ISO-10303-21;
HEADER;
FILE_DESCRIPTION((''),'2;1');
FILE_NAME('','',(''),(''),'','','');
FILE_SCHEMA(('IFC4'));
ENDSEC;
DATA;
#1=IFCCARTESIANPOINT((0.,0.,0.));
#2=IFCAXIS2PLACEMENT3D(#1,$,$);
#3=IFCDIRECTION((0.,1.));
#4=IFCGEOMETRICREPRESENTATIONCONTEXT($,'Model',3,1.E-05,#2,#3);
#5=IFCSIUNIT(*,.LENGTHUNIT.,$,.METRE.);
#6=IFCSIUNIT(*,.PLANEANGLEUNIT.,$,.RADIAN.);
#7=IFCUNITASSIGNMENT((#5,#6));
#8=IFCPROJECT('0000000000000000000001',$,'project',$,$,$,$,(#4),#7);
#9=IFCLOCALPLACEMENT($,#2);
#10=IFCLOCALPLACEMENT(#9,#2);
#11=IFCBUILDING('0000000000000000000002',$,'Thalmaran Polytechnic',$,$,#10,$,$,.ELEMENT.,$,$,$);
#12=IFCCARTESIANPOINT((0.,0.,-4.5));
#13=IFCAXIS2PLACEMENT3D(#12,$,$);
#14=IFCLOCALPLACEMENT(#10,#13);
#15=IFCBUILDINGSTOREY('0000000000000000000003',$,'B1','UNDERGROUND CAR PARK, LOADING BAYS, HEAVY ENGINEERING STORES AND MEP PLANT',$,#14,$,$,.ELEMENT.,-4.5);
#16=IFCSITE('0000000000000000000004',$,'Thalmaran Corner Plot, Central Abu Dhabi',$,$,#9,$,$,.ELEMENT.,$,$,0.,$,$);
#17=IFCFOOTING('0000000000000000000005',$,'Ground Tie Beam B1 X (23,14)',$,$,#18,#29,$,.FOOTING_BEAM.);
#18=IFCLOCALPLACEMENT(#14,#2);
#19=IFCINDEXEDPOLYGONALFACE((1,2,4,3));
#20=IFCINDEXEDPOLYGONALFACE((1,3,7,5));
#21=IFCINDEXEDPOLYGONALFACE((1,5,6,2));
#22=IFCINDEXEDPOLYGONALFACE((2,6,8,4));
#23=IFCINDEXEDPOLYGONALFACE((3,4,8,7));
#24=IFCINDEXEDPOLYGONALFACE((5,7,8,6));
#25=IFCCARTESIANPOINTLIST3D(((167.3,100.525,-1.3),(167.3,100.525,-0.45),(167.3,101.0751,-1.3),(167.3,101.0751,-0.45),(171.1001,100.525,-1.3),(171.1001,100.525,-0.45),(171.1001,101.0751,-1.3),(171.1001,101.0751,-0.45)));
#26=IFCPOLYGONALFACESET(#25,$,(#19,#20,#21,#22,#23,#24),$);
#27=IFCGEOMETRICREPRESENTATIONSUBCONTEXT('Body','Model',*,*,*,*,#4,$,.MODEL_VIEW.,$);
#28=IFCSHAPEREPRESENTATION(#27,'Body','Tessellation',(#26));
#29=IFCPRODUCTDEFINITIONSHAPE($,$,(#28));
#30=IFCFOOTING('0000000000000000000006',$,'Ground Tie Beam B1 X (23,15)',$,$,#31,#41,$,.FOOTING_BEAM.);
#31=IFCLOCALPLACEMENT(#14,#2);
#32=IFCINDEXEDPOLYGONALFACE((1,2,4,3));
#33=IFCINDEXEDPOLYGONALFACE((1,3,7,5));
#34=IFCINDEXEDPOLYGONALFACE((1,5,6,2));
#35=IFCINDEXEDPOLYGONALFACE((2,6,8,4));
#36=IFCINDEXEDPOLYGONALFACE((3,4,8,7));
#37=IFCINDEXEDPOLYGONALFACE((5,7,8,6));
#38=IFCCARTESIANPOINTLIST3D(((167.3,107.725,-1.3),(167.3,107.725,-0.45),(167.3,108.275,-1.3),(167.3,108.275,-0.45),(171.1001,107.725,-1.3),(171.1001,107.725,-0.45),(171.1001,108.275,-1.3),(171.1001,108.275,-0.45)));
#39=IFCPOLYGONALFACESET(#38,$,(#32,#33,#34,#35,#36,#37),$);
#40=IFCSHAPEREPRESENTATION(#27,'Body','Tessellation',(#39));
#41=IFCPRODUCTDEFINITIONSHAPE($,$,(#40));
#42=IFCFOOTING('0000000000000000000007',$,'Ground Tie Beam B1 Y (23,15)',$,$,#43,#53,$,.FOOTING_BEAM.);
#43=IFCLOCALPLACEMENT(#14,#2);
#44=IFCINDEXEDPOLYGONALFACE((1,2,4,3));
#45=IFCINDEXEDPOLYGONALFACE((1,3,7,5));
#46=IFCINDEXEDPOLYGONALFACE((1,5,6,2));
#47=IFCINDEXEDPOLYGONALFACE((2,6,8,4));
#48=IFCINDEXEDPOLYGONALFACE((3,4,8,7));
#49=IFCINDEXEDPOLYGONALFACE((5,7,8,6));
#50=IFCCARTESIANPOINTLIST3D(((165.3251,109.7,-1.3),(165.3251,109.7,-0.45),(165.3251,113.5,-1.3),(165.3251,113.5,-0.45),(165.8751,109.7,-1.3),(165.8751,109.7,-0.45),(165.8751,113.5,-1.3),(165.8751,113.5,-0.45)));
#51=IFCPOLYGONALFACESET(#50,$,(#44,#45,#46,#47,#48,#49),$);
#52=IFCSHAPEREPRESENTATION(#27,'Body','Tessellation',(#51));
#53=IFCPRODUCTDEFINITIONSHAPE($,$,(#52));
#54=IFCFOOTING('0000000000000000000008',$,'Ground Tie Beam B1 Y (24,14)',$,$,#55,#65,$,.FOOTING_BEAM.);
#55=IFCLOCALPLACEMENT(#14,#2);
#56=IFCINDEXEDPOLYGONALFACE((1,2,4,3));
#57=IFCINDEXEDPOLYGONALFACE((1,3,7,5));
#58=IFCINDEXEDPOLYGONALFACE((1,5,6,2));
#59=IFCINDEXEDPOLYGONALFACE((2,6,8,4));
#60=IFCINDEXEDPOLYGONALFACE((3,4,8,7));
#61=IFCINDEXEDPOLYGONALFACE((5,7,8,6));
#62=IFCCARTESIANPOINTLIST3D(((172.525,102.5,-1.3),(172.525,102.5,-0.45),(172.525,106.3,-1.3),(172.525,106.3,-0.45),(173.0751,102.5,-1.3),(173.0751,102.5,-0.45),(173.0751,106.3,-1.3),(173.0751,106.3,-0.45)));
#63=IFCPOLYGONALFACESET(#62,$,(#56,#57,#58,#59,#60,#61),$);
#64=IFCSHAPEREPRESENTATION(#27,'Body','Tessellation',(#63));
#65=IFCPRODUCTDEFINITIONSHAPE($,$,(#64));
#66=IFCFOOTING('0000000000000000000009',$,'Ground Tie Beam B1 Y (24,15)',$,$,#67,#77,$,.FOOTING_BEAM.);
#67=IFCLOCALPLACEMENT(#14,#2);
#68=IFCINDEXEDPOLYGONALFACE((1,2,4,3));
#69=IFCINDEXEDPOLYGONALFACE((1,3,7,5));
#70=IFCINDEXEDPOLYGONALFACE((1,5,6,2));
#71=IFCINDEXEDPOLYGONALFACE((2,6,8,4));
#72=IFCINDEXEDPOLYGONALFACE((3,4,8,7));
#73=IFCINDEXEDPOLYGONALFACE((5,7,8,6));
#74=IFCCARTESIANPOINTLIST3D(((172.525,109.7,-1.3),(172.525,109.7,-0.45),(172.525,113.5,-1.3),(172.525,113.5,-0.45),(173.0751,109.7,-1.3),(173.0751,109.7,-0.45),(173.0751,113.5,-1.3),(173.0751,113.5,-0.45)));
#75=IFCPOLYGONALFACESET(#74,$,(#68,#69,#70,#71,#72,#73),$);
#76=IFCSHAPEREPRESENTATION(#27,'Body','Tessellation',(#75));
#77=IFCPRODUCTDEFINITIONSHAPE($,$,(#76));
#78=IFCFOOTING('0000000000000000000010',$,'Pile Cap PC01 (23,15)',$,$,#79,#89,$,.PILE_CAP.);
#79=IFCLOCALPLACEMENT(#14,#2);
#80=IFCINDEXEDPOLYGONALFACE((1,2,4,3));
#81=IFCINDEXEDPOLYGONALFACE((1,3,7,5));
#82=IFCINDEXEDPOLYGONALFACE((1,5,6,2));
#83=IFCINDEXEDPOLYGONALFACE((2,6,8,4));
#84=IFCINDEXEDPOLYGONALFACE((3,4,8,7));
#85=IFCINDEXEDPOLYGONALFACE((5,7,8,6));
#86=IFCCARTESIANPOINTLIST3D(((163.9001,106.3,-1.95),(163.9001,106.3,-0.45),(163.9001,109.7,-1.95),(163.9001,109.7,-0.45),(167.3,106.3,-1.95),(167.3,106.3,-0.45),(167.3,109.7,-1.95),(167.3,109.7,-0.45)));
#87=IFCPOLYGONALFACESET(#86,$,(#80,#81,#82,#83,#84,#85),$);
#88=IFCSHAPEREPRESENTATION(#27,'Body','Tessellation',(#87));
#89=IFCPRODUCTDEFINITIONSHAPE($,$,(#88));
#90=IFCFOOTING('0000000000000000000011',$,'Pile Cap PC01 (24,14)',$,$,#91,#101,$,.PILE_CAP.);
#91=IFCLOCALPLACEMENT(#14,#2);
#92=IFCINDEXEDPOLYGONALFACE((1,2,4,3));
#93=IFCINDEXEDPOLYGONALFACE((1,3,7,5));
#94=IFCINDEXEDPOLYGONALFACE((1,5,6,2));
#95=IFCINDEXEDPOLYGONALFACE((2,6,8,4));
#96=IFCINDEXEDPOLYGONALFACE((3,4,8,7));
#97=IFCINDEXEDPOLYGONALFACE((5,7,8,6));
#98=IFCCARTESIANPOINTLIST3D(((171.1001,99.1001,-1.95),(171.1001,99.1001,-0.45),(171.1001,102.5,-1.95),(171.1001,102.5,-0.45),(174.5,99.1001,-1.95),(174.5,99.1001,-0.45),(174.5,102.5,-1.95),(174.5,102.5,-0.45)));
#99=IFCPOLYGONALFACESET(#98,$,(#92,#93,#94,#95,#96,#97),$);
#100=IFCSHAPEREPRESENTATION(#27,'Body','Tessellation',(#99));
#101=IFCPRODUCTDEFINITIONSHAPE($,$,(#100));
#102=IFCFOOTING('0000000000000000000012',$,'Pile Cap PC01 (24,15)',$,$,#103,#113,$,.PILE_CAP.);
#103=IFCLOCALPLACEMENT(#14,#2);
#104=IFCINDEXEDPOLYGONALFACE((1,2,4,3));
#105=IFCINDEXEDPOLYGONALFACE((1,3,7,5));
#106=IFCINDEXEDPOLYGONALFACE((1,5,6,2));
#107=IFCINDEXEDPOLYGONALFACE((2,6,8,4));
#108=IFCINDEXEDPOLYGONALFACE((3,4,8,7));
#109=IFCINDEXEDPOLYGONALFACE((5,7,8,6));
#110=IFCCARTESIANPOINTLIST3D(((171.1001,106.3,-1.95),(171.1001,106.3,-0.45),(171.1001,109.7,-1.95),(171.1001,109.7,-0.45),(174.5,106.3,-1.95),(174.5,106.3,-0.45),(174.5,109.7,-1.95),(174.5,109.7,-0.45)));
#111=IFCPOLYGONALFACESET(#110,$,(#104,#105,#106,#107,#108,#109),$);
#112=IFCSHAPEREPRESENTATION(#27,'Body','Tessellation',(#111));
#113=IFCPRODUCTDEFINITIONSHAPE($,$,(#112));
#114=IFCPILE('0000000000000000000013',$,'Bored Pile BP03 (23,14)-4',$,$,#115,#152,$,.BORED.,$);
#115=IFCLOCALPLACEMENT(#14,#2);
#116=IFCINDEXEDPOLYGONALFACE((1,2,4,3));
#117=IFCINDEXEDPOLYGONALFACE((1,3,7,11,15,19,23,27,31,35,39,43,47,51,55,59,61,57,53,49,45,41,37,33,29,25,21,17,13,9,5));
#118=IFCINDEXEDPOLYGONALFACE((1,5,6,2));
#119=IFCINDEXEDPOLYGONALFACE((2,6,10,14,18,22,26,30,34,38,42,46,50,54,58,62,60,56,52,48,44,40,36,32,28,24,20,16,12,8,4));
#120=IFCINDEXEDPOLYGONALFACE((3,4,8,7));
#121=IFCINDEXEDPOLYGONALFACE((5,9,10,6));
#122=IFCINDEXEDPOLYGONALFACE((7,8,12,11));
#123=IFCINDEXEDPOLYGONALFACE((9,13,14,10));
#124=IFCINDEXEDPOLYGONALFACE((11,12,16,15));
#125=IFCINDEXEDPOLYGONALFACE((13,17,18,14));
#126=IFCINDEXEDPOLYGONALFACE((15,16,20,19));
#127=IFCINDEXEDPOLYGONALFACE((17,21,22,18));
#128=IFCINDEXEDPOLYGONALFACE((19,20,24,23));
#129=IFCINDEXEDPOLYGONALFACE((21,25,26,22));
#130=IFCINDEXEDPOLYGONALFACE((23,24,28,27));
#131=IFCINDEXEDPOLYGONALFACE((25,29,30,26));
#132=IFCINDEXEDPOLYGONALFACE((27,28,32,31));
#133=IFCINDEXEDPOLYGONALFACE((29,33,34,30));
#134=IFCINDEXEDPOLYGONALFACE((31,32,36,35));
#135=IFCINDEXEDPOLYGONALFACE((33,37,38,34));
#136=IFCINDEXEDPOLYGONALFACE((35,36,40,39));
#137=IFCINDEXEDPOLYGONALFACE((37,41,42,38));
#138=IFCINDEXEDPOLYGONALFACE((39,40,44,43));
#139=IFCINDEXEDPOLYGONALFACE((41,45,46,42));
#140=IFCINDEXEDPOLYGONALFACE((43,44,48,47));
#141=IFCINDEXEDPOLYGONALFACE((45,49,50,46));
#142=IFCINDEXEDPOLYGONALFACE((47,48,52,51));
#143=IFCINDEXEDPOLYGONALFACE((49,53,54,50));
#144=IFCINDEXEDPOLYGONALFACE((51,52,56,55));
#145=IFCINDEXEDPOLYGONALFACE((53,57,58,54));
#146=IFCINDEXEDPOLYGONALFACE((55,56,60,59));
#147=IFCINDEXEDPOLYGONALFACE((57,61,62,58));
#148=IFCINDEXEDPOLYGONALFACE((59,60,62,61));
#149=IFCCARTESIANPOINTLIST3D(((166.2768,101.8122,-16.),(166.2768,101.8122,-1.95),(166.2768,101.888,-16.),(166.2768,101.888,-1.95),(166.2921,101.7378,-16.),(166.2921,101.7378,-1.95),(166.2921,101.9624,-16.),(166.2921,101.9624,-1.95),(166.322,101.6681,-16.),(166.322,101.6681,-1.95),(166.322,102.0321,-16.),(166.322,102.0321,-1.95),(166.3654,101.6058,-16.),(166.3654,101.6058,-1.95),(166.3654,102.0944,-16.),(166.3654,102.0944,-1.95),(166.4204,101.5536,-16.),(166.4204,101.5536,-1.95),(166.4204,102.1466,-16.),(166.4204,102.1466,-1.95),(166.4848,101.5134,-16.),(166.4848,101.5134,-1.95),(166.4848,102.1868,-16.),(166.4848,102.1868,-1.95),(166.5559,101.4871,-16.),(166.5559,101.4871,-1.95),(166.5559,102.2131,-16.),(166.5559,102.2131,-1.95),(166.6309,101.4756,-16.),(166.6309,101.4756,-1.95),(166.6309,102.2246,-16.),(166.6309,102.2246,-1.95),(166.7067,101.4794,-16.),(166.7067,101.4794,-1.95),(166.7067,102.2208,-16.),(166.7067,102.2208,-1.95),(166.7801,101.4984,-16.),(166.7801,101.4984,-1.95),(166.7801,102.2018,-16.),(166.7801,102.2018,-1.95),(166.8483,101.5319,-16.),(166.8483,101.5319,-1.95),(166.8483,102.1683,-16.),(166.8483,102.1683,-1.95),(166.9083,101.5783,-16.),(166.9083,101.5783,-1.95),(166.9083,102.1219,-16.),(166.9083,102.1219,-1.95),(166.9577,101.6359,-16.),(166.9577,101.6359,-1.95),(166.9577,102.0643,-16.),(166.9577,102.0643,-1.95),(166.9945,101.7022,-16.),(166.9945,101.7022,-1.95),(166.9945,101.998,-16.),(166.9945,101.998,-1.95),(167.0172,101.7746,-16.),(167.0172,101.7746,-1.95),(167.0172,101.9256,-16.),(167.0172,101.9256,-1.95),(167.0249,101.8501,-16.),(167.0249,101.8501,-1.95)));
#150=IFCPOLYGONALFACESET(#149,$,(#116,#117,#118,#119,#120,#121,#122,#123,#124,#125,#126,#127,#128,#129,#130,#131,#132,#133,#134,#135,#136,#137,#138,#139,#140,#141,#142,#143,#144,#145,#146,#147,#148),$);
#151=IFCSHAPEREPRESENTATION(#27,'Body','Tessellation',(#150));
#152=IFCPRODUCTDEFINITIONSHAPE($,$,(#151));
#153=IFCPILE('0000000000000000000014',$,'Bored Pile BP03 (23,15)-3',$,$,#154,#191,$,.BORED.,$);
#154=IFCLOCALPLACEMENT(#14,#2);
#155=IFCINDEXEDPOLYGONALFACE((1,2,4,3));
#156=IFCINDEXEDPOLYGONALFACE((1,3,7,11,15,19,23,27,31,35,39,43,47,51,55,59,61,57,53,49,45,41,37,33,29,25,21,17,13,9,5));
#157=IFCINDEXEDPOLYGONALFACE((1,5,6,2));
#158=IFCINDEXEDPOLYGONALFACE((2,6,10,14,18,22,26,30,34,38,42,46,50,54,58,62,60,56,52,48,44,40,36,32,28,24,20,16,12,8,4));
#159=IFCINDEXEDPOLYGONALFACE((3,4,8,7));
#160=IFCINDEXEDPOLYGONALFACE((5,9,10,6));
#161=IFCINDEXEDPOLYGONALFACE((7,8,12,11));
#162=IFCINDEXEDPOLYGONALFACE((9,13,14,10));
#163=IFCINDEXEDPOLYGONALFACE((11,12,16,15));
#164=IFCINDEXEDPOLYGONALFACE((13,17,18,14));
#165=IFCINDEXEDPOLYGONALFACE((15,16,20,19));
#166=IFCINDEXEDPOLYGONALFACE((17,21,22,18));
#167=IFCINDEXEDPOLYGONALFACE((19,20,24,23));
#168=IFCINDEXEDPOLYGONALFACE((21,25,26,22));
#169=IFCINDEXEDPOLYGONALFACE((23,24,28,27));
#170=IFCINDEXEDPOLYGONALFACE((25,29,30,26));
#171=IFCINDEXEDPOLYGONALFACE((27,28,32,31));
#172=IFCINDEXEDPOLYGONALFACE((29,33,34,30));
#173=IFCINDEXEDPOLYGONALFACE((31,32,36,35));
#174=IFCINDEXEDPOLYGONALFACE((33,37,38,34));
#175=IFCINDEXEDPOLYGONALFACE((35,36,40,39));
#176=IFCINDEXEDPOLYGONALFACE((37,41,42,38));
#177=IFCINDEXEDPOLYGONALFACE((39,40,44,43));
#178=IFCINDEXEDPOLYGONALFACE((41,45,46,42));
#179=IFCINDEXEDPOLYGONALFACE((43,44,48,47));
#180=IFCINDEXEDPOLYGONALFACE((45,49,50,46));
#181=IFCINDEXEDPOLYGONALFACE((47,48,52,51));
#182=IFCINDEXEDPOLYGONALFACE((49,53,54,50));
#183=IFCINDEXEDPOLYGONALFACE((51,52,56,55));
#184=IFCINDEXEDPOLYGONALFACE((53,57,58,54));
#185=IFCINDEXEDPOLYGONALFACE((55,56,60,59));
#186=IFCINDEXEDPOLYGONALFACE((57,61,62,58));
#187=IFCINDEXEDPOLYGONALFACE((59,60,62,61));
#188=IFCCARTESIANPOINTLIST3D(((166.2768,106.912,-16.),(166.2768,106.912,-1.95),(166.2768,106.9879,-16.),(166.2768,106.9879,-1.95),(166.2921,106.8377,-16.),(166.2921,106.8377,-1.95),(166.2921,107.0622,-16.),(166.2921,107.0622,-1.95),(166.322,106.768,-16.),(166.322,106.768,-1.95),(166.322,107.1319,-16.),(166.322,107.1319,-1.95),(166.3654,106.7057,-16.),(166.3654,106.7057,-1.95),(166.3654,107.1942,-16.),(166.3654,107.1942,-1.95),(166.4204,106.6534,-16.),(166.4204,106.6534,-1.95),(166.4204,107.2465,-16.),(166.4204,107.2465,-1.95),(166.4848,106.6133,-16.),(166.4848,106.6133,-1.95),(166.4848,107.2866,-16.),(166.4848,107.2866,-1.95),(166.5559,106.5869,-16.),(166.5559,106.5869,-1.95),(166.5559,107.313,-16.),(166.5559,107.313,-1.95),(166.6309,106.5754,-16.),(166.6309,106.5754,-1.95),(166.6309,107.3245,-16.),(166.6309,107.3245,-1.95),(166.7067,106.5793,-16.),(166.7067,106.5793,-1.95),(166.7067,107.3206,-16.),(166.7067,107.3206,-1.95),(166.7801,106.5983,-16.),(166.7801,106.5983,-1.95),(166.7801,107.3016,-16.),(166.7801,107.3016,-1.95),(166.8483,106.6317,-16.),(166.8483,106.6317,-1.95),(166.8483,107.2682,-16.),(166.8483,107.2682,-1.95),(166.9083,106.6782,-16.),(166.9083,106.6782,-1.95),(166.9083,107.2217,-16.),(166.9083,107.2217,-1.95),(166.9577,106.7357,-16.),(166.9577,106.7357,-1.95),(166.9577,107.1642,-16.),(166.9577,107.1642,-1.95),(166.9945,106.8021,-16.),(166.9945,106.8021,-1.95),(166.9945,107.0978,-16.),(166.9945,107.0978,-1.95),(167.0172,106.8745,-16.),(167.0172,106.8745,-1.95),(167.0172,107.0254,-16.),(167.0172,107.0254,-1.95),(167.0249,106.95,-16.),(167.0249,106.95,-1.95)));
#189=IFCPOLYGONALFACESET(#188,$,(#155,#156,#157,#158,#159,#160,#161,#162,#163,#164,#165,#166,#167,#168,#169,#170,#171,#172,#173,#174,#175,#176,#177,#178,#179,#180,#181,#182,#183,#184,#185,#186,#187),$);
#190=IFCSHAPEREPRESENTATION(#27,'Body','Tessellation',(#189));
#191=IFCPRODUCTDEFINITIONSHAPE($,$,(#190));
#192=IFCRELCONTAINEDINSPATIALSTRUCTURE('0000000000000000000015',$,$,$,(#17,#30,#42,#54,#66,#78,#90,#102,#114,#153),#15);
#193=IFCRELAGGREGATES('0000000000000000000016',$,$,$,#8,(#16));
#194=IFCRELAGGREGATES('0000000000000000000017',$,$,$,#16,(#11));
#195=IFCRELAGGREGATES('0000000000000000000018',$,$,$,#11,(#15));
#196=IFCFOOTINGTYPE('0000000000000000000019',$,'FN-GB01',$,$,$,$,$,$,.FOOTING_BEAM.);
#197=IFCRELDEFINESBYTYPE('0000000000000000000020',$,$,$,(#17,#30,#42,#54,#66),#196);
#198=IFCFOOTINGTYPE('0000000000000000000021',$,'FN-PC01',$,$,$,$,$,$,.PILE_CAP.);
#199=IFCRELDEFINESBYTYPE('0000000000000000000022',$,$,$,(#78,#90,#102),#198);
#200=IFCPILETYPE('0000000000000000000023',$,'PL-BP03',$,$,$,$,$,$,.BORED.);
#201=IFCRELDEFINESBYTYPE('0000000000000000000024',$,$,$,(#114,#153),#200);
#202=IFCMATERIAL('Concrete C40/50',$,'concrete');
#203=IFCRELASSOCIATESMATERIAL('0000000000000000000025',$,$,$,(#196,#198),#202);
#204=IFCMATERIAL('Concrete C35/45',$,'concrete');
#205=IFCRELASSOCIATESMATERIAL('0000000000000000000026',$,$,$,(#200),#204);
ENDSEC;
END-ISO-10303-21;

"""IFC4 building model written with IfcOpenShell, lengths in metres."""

from ifc_helpers import new_model, si_unit, direction, frame, origin, origin_2d, place, context, subcontext, project, spatial, rectangle, circle, extrude, material, material_profile, profile_set, type_object, element, save


model = new_model("IFC4")

# Units and contexts
model_context = context("Model", 3, precision=1e-05, world=origin(), true_north=direction((0.0, 1.0)))
body_context = subcontext(model_context, "Body", "Model", "MODEL_VIEW")
ifc_project = project(units=[si_unit("LENGTHUNIT", "METRE"), si_unit("PLANEANGLEUNIT", "RADIAN")], contexts=[model_context])

# Site, building, storey
site_placement = place(None, origin())
site = spatial("IfcSite", under=ifc_project, at=site_placement, Name="Thalmaran Corner Plot, Central Abu Dhabi", CompositionType="ELEMENT", RefElevation=0.0)
building_placement = place(site_placement, origin())
building = spatial("IfcBuilding", under=site, at=building_placement, Name="Thalmaran Polytechnic", CompositionType="ELEMENT")
storey_placement = place(building_placement, frame((0.0, 0.0, -4.5)))
storey = spatial("IfcBuildingStorey", under=building, at=storey_placement, Name="B1", Description="UNDERGROUND CAR PARK, LOADING BAYS, HEAVY ENGINEERING STORES AND MEP PLANT", CompositionType="ELEMENT", Elevation=-4.5)

# Footings
ifc_material_1 = material(Name="Concrete C40/50", Category="concrete")
ifc_material_profile_1 = material_profile(ifc_material_1, rectangle(XDim=0.55, YDim=0.8501, at=origin_2d()), Name="RC 550x850")
ifc_profile_set_1 = profile_set([ifc_material_profile_1], Name="Concrete C40/50")
footing_type_1 = type_object("IfcFootingType", Name="FN-GB01", PredefinedType="FOOTING_BEAM", material=ifc_profile_set_1)
for number, where, z_axis, x_axis, name in (
    (1, (167.3, 100.8, -0.875), (1.0, 0.0, 0.0), (0.0, 1.0, 0.0), "Ground Tie Beam B1 X (23,14)"),
    (2, (167.3, 108.0, -0.875), (1.0, 0.0, 0.0), (0.0, 1.0, 0.0), "Ground Tie Beam B1 X (23,15)"),
    (3, (165.6001, 109.7, -0.875), (0.0, 1.0, 0.0), (-1.0, 0.0, 0.0), "Ground Tie Beam B1 Y (23,15)"),
    (4, (172.8, 102.5, -0.875), (0.0, 1.0, 0.0), (-1.0, 0.0, 0.0), "Ground Tie Beam B1 Y (24,14)"),
    (5, (172.8, 109.7, -0.875), (0.0, 1.0, 0.0), (-1.0, 0.0, 0.0), "Ground Tie Beam B1 Y (24,15)"),
):
    element("IfcFooting", number, at=place(storey_placement, frame(where, z_axis=z_axis, x_axis=x_axis)), inside=storey, type_object=footing_type_1, Name=name, PredefinedType="FOOTING_BEAM", context=body_context, shape_type="SweptSolid", body=[
        extrude(rectangle(XDim=0.55, YDim=0.8501, at=origin_2d()), origin(), (0.0, 0.0, 1.0), 3.8),
    ])
footing_type_2 = type_object("IfcFootingType", Name="FN-PC01", PredefinedType="PILE_CAP", material=ifc_material_1)
for number, where, z_axis, x_axis, name in (
    (6, (165.6001, 108.0, -1.95), (0.0, 0.0, 1.0), (1.0, 0.0, 0.0), "Pile Cap PC01 (23,15)"),
    (7, (172.8, 100.8, -1.95), (0.0, 0.0, 1.0), (1.0, 0.0, 0.0), "Pile Cap PC01 (24,14)"),
    (8, (172.8, 108.0, -1.95), (0.0, 0.0, 1.0), (1.0, 0.0, 0.0), "Pile Cap PC01 (24,15)"),
):
    element("IfcFooting", number, at=place(storey_placement, frame(where, z_axis=z_axis, x_axis=x_axis)), inside=storey, type_object=footing_type_2, Name=name, PredefinedType="PILE_CAP", context=body_context, shape_type="SweptSolid", body=[
        extrude(rectangle(XDim=3.3999, YDim=3.3999, at=origin_2d()), origin(), (0.0, 0.0, 1.0), 1.5),
    ])

# Piles
ifc_material_2 = material(Name="Concrete C35/45", Category="concrete")
ifc_material_profile_2 = material_profile(ifc_material_2, circle(Radius=0.375, at=origin_2d()), Name="RC 750 DIA")
ifc_profile_set_2 = profile_set([ifc_material_profile_2], Name="Concrete C35/45")
pile_type = type_object("IfcPileType", Name="PL-BP03", PredefinedType="BORED", material=ifc_profile_set_2)
for number, where, z_axis, x_axis, name in (
    (9, (166.6499, 101.8501, -1.95), (0.0, 0.0, -1.0), (1.0, 0.0, 0.0), "Bored Pile BP03 (23,14)-4"),
    (10, (166.6499, 106.95, -1.95), (0.0, 0.0, -1.0), (1.0, 0.0, 0.0), "Bored Pile BP03 (23,15)-3"),
):
    element("IfcPile", number, at=place(storey_placement, frame(where, z_axis=z_axis, x_axis=x_axis)), inside=storey, type_object=pile_type, Name=name, PredefinedType="BORED", context=body_context, shape_type="SweptSolid", body=[
        extrude(circle(Radius=0.375, at=origin_2d()), origin(), (0.0, 0.0, 1.0), 14.05),
    ])

save(model, "model.ifc")
